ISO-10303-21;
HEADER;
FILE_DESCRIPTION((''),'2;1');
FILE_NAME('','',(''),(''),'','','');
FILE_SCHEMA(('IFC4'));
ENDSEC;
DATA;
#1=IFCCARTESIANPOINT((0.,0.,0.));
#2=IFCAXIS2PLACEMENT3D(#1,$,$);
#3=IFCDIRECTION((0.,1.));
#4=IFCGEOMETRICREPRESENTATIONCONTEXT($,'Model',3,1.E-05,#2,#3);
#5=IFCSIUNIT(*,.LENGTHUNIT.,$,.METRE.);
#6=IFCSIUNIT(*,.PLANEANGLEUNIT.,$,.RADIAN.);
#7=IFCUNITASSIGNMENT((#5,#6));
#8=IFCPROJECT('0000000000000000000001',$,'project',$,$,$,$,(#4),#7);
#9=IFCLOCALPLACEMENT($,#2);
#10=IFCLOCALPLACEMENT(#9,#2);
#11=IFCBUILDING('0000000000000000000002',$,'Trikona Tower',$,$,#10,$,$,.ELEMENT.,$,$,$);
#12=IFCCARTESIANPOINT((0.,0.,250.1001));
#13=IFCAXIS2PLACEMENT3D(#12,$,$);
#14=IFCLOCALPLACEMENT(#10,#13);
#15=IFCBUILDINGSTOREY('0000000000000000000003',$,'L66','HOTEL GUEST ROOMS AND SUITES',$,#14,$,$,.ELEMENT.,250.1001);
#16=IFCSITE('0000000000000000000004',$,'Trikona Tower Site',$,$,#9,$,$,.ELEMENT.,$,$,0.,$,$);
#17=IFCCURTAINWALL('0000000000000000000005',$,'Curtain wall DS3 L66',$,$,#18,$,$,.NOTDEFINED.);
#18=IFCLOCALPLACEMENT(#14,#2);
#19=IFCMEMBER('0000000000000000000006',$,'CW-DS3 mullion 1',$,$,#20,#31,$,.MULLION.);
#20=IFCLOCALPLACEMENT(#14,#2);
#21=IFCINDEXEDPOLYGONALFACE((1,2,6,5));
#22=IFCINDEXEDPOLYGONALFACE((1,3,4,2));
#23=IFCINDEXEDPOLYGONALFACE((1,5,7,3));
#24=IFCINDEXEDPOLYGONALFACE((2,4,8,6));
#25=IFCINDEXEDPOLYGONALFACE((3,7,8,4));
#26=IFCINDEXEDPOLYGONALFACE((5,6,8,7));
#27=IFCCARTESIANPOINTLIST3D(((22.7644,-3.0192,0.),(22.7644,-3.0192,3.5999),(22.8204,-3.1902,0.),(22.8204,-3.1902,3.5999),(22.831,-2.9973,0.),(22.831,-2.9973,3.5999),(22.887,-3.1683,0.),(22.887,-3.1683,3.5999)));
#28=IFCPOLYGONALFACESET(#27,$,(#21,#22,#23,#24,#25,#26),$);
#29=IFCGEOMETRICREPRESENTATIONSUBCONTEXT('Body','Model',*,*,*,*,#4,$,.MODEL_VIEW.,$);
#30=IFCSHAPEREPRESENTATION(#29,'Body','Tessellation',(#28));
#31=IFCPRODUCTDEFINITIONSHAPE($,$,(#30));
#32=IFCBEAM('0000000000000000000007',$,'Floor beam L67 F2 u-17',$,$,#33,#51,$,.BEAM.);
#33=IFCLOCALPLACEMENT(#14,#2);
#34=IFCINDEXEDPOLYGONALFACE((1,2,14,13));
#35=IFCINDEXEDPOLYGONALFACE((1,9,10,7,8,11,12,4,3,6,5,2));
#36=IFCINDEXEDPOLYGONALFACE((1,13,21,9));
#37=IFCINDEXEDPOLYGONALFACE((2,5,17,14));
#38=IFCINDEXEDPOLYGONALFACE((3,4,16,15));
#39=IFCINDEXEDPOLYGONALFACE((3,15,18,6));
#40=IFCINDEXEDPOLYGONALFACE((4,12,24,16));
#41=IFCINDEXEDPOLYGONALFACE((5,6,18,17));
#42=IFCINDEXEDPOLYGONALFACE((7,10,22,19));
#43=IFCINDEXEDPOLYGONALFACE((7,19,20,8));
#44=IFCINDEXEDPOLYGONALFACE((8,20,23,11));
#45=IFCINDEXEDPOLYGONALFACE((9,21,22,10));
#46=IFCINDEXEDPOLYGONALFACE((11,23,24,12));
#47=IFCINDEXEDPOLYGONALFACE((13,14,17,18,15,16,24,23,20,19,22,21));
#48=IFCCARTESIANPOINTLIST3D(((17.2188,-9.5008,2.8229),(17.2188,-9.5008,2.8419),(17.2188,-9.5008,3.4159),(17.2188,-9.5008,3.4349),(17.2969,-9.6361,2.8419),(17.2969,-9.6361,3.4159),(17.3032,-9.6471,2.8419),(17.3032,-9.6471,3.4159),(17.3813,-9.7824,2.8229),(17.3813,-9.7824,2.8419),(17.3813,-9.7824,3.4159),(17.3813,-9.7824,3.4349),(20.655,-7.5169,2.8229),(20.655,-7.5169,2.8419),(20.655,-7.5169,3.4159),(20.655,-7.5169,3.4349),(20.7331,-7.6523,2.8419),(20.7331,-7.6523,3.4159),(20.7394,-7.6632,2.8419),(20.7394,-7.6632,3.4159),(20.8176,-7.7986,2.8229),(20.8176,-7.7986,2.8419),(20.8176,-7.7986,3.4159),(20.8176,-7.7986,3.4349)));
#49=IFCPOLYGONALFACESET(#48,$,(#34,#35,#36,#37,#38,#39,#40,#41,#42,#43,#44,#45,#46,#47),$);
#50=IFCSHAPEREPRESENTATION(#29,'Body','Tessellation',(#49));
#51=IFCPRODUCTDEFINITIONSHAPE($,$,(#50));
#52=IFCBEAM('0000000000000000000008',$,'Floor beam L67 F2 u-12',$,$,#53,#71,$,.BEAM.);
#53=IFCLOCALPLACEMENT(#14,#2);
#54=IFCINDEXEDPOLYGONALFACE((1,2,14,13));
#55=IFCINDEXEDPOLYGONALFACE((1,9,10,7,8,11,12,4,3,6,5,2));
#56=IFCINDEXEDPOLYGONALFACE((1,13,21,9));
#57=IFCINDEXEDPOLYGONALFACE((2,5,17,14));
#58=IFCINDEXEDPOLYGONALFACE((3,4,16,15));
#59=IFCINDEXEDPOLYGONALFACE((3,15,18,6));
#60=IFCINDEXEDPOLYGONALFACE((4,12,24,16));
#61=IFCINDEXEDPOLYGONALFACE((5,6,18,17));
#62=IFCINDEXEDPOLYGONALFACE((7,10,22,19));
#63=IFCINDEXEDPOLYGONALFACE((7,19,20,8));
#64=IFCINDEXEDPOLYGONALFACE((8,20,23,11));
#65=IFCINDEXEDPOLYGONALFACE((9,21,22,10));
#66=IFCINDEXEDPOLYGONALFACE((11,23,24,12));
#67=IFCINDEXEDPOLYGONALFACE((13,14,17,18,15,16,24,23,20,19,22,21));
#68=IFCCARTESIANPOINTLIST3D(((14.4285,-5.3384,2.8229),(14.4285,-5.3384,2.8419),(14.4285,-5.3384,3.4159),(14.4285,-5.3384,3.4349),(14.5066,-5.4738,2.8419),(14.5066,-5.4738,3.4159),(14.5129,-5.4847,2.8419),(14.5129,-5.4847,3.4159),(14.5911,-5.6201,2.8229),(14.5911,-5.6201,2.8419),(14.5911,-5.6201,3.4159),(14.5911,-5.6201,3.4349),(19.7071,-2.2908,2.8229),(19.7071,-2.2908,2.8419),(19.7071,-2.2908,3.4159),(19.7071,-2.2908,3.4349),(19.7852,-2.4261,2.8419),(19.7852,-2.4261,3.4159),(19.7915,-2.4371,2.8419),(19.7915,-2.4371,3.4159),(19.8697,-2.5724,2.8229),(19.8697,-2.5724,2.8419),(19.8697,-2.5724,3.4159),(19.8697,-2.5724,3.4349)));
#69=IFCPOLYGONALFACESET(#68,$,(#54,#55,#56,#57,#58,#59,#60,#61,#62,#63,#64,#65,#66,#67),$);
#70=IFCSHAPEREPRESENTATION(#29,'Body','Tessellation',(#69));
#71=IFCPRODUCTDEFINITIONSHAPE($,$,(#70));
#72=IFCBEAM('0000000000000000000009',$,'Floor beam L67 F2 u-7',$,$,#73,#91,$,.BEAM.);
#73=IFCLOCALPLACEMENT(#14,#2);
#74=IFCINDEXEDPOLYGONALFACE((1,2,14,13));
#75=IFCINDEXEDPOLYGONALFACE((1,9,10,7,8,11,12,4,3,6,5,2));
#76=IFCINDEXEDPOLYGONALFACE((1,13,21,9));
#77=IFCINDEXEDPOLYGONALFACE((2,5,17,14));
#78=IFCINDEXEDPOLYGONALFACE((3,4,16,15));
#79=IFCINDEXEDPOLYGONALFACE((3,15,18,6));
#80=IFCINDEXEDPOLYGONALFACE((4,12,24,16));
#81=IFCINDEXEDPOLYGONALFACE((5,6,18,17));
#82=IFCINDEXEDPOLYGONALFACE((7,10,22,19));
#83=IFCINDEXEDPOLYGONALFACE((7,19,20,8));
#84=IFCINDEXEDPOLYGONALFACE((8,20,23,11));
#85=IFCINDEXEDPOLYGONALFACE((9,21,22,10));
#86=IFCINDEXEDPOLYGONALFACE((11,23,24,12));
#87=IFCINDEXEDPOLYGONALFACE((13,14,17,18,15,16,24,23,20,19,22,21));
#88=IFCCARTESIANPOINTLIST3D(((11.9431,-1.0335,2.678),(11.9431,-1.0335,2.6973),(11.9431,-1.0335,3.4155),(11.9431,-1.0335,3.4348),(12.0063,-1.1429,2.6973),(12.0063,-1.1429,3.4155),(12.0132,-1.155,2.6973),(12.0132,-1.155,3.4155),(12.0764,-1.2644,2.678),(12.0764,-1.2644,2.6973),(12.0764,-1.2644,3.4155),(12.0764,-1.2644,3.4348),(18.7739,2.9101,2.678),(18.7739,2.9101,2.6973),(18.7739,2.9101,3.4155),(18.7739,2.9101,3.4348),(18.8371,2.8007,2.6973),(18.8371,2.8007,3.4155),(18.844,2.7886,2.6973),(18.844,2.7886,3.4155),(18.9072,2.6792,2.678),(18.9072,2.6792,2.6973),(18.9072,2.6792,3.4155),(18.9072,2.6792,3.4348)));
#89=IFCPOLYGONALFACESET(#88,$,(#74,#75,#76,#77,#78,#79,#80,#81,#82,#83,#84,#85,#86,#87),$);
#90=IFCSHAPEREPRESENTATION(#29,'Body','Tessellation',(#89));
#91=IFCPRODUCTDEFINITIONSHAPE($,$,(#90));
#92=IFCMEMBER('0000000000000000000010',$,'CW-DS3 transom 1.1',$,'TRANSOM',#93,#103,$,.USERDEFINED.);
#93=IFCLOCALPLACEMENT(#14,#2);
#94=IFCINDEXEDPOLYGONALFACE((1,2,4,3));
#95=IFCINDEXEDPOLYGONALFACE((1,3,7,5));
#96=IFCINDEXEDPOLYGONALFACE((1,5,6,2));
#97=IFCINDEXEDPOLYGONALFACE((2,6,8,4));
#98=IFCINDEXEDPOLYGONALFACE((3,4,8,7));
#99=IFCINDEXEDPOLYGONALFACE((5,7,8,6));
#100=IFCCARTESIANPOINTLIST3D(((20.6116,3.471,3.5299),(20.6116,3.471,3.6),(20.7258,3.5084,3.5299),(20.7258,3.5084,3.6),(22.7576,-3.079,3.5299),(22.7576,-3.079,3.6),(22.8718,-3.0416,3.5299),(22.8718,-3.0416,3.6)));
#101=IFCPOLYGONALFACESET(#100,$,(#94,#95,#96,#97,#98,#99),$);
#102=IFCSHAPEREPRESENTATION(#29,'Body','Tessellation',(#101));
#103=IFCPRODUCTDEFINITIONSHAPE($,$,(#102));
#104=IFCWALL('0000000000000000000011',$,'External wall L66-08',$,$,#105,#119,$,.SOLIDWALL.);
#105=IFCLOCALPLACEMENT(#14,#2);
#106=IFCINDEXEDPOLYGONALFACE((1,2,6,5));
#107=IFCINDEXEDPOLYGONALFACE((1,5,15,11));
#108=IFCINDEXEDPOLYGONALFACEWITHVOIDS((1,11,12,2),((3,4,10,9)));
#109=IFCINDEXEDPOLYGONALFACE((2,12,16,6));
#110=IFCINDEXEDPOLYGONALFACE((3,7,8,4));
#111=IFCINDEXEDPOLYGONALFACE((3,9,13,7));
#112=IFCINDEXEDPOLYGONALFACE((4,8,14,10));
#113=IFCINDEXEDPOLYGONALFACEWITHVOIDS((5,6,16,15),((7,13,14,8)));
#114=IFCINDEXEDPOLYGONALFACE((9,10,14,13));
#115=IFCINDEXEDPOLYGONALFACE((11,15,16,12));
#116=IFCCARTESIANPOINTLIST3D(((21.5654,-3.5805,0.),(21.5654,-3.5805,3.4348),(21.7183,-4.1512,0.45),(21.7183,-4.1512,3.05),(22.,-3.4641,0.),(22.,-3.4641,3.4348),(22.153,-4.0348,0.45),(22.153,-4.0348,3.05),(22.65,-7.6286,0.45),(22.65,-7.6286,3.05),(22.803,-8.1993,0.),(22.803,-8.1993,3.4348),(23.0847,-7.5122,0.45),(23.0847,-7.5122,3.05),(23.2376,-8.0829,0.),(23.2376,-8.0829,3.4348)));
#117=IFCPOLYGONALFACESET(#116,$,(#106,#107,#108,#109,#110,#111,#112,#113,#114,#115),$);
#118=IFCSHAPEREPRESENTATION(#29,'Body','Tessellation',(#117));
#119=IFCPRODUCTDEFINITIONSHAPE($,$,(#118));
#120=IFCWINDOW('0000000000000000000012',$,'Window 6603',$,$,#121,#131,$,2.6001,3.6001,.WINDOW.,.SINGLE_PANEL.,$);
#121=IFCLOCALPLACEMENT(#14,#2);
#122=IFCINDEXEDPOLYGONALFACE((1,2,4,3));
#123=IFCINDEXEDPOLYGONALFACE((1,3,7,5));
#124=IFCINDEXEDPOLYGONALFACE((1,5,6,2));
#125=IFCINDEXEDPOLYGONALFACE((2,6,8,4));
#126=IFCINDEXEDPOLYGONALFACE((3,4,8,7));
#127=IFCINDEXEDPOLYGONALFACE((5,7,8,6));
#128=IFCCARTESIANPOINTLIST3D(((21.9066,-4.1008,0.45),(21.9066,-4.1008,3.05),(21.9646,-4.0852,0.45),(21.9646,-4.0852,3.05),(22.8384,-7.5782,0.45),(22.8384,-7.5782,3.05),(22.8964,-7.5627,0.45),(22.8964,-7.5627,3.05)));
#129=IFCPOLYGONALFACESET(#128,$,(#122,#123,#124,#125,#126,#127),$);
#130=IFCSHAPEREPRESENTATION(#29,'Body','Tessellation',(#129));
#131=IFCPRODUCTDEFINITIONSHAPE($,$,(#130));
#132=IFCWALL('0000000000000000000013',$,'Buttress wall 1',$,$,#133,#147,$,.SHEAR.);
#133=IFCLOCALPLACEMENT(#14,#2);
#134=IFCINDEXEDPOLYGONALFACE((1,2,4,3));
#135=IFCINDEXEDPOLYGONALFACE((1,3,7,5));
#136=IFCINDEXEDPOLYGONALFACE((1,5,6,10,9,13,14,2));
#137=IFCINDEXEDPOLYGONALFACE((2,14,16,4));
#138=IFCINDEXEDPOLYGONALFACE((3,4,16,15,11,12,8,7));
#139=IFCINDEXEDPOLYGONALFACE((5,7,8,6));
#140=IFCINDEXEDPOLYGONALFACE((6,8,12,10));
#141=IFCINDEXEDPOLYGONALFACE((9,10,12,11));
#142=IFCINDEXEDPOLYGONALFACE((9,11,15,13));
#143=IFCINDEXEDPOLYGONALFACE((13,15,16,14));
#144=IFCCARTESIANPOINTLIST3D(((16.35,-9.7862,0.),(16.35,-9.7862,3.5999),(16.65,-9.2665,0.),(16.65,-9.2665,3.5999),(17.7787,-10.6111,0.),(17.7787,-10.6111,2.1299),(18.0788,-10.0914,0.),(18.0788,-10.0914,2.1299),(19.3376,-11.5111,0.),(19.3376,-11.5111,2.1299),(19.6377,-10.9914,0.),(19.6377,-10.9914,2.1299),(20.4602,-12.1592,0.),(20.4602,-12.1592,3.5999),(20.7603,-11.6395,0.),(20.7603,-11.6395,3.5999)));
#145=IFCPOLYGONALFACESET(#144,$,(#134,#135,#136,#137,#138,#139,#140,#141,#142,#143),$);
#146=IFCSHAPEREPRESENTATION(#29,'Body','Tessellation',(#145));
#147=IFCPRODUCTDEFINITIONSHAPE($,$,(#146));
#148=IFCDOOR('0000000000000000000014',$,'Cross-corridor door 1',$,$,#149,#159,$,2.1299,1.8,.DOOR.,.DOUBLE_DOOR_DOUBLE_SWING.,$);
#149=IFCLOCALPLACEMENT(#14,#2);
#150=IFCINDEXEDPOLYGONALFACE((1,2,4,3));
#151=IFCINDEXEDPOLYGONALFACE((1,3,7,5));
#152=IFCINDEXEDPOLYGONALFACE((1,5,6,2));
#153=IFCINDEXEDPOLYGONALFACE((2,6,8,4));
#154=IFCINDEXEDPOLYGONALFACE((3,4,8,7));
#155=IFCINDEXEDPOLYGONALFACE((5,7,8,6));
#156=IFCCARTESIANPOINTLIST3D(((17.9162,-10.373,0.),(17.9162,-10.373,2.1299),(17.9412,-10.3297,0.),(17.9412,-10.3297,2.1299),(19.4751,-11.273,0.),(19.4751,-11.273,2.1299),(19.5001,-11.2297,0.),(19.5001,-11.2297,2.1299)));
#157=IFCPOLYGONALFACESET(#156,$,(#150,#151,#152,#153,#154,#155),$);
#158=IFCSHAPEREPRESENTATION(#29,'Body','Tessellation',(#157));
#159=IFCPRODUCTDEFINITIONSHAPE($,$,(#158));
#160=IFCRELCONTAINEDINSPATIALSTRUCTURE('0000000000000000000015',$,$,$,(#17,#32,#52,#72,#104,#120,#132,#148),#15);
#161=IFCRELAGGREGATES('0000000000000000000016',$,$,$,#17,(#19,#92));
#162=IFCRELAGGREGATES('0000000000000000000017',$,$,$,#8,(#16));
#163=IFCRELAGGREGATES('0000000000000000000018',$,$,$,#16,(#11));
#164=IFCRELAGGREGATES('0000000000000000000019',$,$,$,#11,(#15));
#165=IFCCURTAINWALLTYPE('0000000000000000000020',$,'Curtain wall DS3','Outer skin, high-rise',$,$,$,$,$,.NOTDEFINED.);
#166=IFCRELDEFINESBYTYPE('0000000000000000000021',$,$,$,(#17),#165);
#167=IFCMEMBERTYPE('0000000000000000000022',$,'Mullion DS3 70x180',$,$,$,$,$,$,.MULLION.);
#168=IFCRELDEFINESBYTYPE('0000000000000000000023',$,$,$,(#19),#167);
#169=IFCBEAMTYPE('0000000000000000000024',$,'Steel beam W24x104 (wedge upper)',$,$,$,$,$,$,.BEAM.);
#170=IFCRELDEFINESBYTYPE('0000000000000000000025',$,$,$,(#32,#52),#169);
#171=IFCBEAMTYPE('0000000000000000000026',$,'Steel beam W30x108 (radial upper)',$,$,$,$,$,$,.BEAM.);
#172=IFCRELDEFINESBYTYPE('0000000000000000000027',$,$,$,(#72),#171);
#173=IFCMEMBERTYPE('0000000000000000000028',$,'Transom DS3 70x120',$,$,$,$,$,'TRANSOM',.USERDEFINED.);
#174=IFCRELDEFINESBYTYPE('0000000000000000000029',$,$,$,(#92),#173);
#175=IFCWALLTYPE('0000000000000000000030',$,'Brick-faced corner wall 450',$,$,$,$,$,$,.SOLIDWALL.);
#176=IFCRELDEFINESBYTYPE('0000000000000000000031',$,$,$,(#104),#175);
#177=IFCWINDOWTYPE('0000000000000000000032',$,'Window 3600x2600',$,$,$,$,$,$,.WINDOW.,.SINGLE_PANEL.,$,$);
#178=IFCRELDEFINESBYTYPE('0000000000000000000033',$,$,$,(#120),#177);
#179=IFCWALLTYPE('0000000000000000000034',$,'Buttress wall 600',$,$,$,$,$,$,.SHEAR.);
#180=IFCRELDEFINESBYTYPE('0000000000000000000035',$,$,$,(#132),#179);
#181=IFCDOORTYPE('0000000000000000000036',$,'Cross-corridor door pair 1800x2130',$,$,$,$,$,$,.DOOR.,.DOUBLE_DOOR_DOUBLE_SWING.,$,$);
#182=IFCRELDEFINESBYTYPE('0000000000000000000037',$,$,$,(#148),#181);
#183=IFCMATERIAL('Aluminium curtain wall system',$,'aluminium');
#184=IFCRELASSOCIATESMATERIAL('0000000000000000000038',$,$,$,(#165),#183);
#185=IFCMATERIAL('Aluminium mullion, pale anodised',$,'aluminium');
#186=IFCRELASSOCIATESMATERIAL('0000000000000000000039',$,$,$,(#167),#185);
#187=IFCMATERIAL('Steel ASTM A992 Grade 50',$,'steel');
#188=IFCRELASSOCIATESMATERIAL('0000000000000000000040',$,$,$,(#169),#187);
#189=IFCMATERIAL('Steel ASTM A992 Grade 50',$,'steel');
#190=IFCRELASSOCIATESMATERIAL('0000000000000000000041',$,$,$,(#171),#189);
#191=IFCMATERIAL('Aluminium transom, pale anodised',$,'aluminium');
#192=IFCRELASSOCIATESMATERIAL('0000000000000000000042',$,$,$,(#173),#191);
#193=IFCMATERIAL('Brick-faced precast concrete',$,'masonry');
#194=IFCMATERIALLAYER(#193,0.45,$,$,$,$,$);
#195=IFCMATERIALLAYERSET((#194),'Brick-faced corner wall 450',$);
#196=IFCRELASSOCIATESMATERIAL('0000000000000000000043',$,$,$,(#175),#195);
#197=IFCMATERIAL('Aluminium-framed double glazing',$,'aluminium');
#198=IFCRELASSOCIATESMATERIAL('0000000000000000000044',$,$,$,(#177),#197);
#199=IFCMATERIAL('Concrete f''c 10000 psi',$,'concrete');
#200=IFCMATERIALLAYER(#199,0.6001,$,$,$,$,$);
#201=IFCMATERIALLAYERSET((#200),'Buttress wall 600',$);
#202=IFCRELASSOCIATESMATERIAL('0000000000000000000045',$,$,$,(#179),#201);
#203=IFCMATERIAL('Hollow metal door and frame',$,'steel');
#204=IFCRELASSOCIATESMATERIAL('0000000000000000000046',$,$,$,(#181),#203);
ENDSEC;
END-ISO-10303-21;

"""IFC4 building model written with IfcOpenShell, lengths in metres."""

from ifc_helpers import new_model, si_unit, direction, frame, frame_2d, origin, origin_2d, place, context, subcontext, project, spatial, rectangle, i_section, extrude, material, layer, layer_set, material_profile, profile_set, type_object, element, fill, aggregate, save


model = new_model("IFC4")

# Units and contexts
model_context = context("Model", 3, precision=1e-05, world=origin(), true_north=direction((0.0, 1.0)))
body_context = subcontext(model_context, "Body", "Model", "MODEL_VIEW")
ifc_project = project(units=[si_unit("LENGTHUNIT", "METRE"), si_unit("PLANEANGLEUNIT", "RADIAN")], contexts=[model_context])

# Site, building, storey
site_placement = place(None, origin())
site = spatial("IfcSite", under=ifc_project, at=site_placement, Name="Trikona Tower Site", CompositionType="ELEMENT", RefElevation=0.0)
building_placement = place(site_placement, origin())
building = spatial("IfcBuilding", under=site, at=building_placement, Name="Trikona Tower", CompositionType="ELEMENT")
storey_placement = place(building_placement, frame((0.0, 0.0, 250.1001)))
storey = spatial("IfcBuildingStorey", under=building, at=storey_placement, Name="L66", Description="HOTEL GUEST ROOMS AND SUITES", CompositionType="ELEMENT", Elevation=250.1001)

# Curtain wall, member
ifc_material_1 = material(Name="Aluminium curtain wall system", Category="aluminium")
curtain_wall_type = type_object("IfcCurtainWallType", Name="Curtain wall DS3", Description="Outer skin, high-rise", PredefinedType="NOTDEFINED", material=ifc_material_1)
curtain_wall_placement = place(storey_placement, origin())
curtain_wall = element("IfcCurtainWall", 1, at=curtain_wall_placement, inside=storey, type_object=curtain_wall_type, Name="Curtain wall DS3 L66", PredefinedType="NOTDEFINED")
ifc_material_2 = material(Name="Aluminium mullion, pale anodised", Category="aluminium")
ifc_material_profile_1 = material_profile(ifc_material_2, rectangle(XDim=0.0701, YDim=0.1799, at=origin_2d()), Name="MUL-DS3")
ifc_profile_set_1 = profile_set([ifc_material_profile_1], Name="Aluminium mullion, pale anodised")
member_type_1 = type_object("IfcMemberType", Name="Mullion DS3 70x180", PredefinedType="MULLION", material=ifc_profile_set_1)
member_1_placement = place(storey_placement, frame((22.8257, -3.0938, 0.0), z_axis=(0.0, 0.0, 1.0), x_axis=(-0.950297, -0.311344, 0.0)))
member_1 = element("IfcMember", 2, at=member_1_placement, type_object=member_type_1, Name="CW-DS3 mullion 1", PredefinedType="MULLION", context=body_context, shape_type="SweptSolid", body=[
    extrude(rectangle(XDim=0.0701, YDim=0.1799, at=origin_2d()), origin(), (0.0, 0.0, 1.0), 3.5999),
])

# Beams
ifc_material_3 = material(Name="Steel ASTM A992 Grade 50", Category="steel")
ifc_material_profile_2 = material_profile(ifc_material_3, i_section(OverallWidth=0.3252, OverallDepth=0.6121, WebThickness=0.0127, FlangeThickness=0.019, at=origin_2d()), Name="W24X104")
ifc_profile_set_2 = profile_set([ifc_material_profile_2], Name="Steel ASTM A992 Grade 50")
beam_type_1 = type_object("IfcBeamType", Name="Steel beam W24x104 (wedge upper)", PredefinedType="BEAM", material=ifc_profile_set_2)
beam_1_placement = place(storey_placement, frame((17.3, -9.6416, 3.1289), z_axis=(0.866031, 0.499991, 0.0), x_axis=(-0.499991, 0.866031, 0.0)))
element("IfcBeam", 3, at=beam_1_placement, inside=storey, type_object=beam_type_1, Name="Floor beam L67 F2 u-17", PredefinedType="BEAM", context=body_context, shape_type="SweptSolid", body=[
    extrude(i_section(OverallWidth=0.3252, OverallDepth=0.6121, WebThickness=0.0127, FlangeThickness=0.019, at=origin_2d()), origin(), (0.0, 0.0, 1.0), 3.9678),
])
beam_2_placement = place(storey_placement, frame((14.5098, -5.4792, 3.1289), z_axis=(0.866023, 0.500003, 0.0), x_axis=(-0.500003, 0.866023, 0.0)))
element("IfcBeam", 4, at=beam_2_placement, inside=storey, type_object=beam_type_1, Name="Floor beam L67 F2 u-12", PredefinedType="BEAM", context=body_context, shape_type="SweptSolid", body=[
    extrude(i_section(OverallWidth=0.3252, OverallDepth=0.6121, WebThickness=0.0127, FlangeThickness=0.019, at=origin_2d()), origin(), (0.0, 0.0, 1.0), 6.0952),
])
ifc_material_4 = material(Name="Steel ASTM A992 Grade 50", Category="steel")
ifc_material_profile_3 = material_profile(ifc_material_4, i_section(OverallWidth=0.2666, OverallDepth=0.7568, WebThickness=0.0139, FlangeThickness=0.0193, at=origin_2d()), Name="W30X108")
ifc_profile_set_3 = profile_set([ifc_material_profile_3], Name="Steel ASTM A992 Grade 50")
beam_type_2 = type_object("IfcBeamType", Name="Steel beam W30x108 (radial upper)", PredefinedType="BEAM", material=ifc_profile_set_3)
beam_3_placement = place(storey_placement, frame((12.0098, -1.1489, 3.0564), z_axis=(0.866035, 0.499984, 0.0), x_axis=(-0.499984, 0.866035, 0.0)))
element("IfcBeam", 5, at=beam_3_placement, inside=storey, type_object=beam_type_2, Name="Floor beam L67 F2 u-7", PredefinedType="BEAM", context=body_context, shape_type="SweptSolid", body=[
    extrude(i_section(OverallWidth=0.2666, OverallDepth=0.7568, WebThickness=0.0139, FlangeThickness=0.0193, at=origin_2d()), origin(), (0.0, 0.0, 1.0), 7.8875),
])

# Member
ifc_material_5 = material(Name="Aluminium transom, pale anodised", Category="aluminium")
ifc_material_profile_4 = material_profile(ifc_material_5, rectangle(XDim=0.1201, YDim=0.0701, at=origin_2d()), Name="TRN-DS3")
ifc_profile_set_4 = profile_set([ifc_material_profile_4], Name="Aluminium transom, pale anodised")
member_type_2 = type_object("IfcMemberType", Name="Transom DS3 70x120", ElementType="TRANSOM", PredefinedType="USERDEFINED", material=ifc_profile_set_4)
member_2_placement = place(storey_placement, frame((22.8147, -3.0603, 3.5649), z_axis=(-0.311346, 0.950297, 0.0), x_axis=(-0.950297, -0.311346, 0.0)))
member_2 = element("IfcMember", 6, at=member_2_placement, type_object=member_type_2, Name="CW-DS3 transom 1.1", ObjectType="TRANSOM", PredefinedType="USERDEFINED", context=body_context, shape_type="SweptSolid", body=[
    extrude(rectangle(XDim=0.1201, YDim=0.0701, at=origin_2d()), origin(), (0.0, 0.0, 1.0), 6.8926),
])
aggregate(curtain_wall, [member_1, member_2])

# Wall, opening, window
ifc_material_6 = material(Name="Brick-faced precast concrete", Category="masonry")
ifc_layer_1 = layer(ifc_material_6, 0.45)
ifc_layer_set_1 = layer_set([ifc_layer_1], Name="Brick-faced corner wall 450")
wall_type_1 = type_object("IfcWallType", Name="Brick-faced corner wall 450", PredefinedType="SOLIDWALL", material=ifc_layer_set_1)
wall_1_placement = place(storey_placement, frame((23.0203, -8.1411, 0.0), z_axis=(0.0, 0.0, 1.0), x_axis=(-0.258803, 0.96593, 0.0)))
wall_1 = element("IfcWall", 7, at=wall_1_placement, inside=storey, type_object=wall_type_1, Name="External wall L66-08", PredefinedType="SOLIDWALL", context=body_context, shape_type="SweptSolid", body=[
    extrude(rectangle(XDim=4.7817, YDim=0.45, at=frame_2d((2.3909, 0.0))), origin(), (0.0, 0.0, 1.0), 3.4348),
])
opening_1_placement = place(wall_1_placement, frame((0.5908, 0.0, 0.45)))
opening_1 = element("IfcOpeningElement", 8, at=opening_1_placement, cuts=wall_1, PredefinedType="OPENING", context=body_context, shape_type="SweptSolid", body=[
    extrude(rectangle(XDim=3.6001, YDim=2.6001, at=frame_2d((1.8, 1.3))), frame((0.0, 0.2349, 0.0), z_axis=(0.0, -1.0, 0.0), x_axis=(1.0, 0.0, 0.0)), (0.0, 0.0, 1.0), 0.47),
])
ifc_material_7 = material(Name="Aluminium-framed double glazing", Category="aluminium")
window_type_1 = type_object("IfcWindowType", Name="Window 3600x2600", PartitioningType="SINGLE_PANEL", PredefinedType="WINDOW", material=ifc_material_7)
window_1_placement = place(opening_1_placement, origin())
window_1 = element("IfcWindow", 9, at=window_1_placement, inside=storey, type_object=window_type_1, Name="Window 6603", OverallHeight=2.6001, OverallWidth=3.6001, PartitioningType="SINGLE_PANEL", PredefinedType="WINDOW", context=body_context, shape_type="SweptSolid", body=[
    extrude(rectangle(XDim=3.6001, YDim=2.6001, at=frame_2d((1.8, 1.3))), frame((0.0, 0.03, 0.0), z_axis=(0.0, -1.0, 0.0), x_axis=(1.0, 0.0, 0.0)), (0.0, 0.0, 1.0), 0.0601),
])
fill(opening_1, window_1)

# Wall, opening, door
ifc_material_8 = material(Name="Concrete f'c 10000 psi", Category="concrete")
ifc_layer_2 = layer(ifc_material_8, 0.6001)
ifc_layer_set_2 = layer_set([ifc_layer_2], Name="Buttress wall 600")
wall_type_2 = type_object("IfcWallType", Name="Buttress wall 600", PredefinedType="SHEAR", material=ifc_layer_set_2)
wall_2_placement = place(storey_placement, frame((16.5, -9.5264, 0.0), z_axis=(0.0, 0.0, 1.0), x_axis=(0.866031, -0.49999, 0.0)))
wall_2 = element("IfcWall", 10, at=wall_2_placement, inside=storey, type_object=wall_type_2, Name="Buttress wall 1", PredefinedType="SHEAR", context=body_context, shape_type="SweptSolid", body=[
    extrude(rectangle(XDim=4.7461, YDim=0.6001, at=frame_2d((2.373, 0.0))), origin(), (0.0, 0.0, 1.0), 3.5999),
])
opening_2_placement = place(wall_2_placement, frame((1.6499, 0.0, 0.0)))
opening_2 = element("IfcOpeningElement", 11, at=opening_2_placement, cuts=wall_2, PredefinedType="OPENING", context=body_context, shape_type="SweptSolid", body=[
    extrude(rectangle(XDim=1.8, YDim=2.1299, at=frame_2d((0.8999, 1.0649))), frame((0.0, 0.3101, 0.0), z_axis=(0.0, -1.0, 0.0), x_axis=(1.0, 0.0, 0.0)), (0.0, 0.0, 1.0), 0.6201),
])
ifc_material_9 = material(Name="Hollow metal door and frame", Category="steel")
door_type_1 = type_object("IfcDoorType", Name="Cross-corridor door pair 1800x2130", OperationType="DOUBLE_DOOR_DOUBLE_SWING", PredefinedType="DOOR", material=ifc_material_9)
door_1_placement = place(opening_2_placement, origin())
door_1 = element("IfcDoor", 12, at=door_1_placement, inside=storey, type_object=door_type_1, Name="Cross-corridor door 1", OperationType="DOUBLE_DOOR_DOUBLE_SWING", OverallHeight=2.1299, OverallWidth=1.8, PredefinedType="DOOR", context=body_context, shape_type="SweptSolid", body=[
    extrude(rectangle(XDim=1.8, YDim=2.1299, at=frame_2d((0.8999, 1.0649))), frame((0.0, 0.0249, 0.0), z_axis=(0.0, -1.0, 0.0), x_axis=(1.0, 0.0, 0.0)), (0.0, 0.0, 1.0), 0.05),
])
fill(opening_2, door_1)

save(model, "model.ifc")
